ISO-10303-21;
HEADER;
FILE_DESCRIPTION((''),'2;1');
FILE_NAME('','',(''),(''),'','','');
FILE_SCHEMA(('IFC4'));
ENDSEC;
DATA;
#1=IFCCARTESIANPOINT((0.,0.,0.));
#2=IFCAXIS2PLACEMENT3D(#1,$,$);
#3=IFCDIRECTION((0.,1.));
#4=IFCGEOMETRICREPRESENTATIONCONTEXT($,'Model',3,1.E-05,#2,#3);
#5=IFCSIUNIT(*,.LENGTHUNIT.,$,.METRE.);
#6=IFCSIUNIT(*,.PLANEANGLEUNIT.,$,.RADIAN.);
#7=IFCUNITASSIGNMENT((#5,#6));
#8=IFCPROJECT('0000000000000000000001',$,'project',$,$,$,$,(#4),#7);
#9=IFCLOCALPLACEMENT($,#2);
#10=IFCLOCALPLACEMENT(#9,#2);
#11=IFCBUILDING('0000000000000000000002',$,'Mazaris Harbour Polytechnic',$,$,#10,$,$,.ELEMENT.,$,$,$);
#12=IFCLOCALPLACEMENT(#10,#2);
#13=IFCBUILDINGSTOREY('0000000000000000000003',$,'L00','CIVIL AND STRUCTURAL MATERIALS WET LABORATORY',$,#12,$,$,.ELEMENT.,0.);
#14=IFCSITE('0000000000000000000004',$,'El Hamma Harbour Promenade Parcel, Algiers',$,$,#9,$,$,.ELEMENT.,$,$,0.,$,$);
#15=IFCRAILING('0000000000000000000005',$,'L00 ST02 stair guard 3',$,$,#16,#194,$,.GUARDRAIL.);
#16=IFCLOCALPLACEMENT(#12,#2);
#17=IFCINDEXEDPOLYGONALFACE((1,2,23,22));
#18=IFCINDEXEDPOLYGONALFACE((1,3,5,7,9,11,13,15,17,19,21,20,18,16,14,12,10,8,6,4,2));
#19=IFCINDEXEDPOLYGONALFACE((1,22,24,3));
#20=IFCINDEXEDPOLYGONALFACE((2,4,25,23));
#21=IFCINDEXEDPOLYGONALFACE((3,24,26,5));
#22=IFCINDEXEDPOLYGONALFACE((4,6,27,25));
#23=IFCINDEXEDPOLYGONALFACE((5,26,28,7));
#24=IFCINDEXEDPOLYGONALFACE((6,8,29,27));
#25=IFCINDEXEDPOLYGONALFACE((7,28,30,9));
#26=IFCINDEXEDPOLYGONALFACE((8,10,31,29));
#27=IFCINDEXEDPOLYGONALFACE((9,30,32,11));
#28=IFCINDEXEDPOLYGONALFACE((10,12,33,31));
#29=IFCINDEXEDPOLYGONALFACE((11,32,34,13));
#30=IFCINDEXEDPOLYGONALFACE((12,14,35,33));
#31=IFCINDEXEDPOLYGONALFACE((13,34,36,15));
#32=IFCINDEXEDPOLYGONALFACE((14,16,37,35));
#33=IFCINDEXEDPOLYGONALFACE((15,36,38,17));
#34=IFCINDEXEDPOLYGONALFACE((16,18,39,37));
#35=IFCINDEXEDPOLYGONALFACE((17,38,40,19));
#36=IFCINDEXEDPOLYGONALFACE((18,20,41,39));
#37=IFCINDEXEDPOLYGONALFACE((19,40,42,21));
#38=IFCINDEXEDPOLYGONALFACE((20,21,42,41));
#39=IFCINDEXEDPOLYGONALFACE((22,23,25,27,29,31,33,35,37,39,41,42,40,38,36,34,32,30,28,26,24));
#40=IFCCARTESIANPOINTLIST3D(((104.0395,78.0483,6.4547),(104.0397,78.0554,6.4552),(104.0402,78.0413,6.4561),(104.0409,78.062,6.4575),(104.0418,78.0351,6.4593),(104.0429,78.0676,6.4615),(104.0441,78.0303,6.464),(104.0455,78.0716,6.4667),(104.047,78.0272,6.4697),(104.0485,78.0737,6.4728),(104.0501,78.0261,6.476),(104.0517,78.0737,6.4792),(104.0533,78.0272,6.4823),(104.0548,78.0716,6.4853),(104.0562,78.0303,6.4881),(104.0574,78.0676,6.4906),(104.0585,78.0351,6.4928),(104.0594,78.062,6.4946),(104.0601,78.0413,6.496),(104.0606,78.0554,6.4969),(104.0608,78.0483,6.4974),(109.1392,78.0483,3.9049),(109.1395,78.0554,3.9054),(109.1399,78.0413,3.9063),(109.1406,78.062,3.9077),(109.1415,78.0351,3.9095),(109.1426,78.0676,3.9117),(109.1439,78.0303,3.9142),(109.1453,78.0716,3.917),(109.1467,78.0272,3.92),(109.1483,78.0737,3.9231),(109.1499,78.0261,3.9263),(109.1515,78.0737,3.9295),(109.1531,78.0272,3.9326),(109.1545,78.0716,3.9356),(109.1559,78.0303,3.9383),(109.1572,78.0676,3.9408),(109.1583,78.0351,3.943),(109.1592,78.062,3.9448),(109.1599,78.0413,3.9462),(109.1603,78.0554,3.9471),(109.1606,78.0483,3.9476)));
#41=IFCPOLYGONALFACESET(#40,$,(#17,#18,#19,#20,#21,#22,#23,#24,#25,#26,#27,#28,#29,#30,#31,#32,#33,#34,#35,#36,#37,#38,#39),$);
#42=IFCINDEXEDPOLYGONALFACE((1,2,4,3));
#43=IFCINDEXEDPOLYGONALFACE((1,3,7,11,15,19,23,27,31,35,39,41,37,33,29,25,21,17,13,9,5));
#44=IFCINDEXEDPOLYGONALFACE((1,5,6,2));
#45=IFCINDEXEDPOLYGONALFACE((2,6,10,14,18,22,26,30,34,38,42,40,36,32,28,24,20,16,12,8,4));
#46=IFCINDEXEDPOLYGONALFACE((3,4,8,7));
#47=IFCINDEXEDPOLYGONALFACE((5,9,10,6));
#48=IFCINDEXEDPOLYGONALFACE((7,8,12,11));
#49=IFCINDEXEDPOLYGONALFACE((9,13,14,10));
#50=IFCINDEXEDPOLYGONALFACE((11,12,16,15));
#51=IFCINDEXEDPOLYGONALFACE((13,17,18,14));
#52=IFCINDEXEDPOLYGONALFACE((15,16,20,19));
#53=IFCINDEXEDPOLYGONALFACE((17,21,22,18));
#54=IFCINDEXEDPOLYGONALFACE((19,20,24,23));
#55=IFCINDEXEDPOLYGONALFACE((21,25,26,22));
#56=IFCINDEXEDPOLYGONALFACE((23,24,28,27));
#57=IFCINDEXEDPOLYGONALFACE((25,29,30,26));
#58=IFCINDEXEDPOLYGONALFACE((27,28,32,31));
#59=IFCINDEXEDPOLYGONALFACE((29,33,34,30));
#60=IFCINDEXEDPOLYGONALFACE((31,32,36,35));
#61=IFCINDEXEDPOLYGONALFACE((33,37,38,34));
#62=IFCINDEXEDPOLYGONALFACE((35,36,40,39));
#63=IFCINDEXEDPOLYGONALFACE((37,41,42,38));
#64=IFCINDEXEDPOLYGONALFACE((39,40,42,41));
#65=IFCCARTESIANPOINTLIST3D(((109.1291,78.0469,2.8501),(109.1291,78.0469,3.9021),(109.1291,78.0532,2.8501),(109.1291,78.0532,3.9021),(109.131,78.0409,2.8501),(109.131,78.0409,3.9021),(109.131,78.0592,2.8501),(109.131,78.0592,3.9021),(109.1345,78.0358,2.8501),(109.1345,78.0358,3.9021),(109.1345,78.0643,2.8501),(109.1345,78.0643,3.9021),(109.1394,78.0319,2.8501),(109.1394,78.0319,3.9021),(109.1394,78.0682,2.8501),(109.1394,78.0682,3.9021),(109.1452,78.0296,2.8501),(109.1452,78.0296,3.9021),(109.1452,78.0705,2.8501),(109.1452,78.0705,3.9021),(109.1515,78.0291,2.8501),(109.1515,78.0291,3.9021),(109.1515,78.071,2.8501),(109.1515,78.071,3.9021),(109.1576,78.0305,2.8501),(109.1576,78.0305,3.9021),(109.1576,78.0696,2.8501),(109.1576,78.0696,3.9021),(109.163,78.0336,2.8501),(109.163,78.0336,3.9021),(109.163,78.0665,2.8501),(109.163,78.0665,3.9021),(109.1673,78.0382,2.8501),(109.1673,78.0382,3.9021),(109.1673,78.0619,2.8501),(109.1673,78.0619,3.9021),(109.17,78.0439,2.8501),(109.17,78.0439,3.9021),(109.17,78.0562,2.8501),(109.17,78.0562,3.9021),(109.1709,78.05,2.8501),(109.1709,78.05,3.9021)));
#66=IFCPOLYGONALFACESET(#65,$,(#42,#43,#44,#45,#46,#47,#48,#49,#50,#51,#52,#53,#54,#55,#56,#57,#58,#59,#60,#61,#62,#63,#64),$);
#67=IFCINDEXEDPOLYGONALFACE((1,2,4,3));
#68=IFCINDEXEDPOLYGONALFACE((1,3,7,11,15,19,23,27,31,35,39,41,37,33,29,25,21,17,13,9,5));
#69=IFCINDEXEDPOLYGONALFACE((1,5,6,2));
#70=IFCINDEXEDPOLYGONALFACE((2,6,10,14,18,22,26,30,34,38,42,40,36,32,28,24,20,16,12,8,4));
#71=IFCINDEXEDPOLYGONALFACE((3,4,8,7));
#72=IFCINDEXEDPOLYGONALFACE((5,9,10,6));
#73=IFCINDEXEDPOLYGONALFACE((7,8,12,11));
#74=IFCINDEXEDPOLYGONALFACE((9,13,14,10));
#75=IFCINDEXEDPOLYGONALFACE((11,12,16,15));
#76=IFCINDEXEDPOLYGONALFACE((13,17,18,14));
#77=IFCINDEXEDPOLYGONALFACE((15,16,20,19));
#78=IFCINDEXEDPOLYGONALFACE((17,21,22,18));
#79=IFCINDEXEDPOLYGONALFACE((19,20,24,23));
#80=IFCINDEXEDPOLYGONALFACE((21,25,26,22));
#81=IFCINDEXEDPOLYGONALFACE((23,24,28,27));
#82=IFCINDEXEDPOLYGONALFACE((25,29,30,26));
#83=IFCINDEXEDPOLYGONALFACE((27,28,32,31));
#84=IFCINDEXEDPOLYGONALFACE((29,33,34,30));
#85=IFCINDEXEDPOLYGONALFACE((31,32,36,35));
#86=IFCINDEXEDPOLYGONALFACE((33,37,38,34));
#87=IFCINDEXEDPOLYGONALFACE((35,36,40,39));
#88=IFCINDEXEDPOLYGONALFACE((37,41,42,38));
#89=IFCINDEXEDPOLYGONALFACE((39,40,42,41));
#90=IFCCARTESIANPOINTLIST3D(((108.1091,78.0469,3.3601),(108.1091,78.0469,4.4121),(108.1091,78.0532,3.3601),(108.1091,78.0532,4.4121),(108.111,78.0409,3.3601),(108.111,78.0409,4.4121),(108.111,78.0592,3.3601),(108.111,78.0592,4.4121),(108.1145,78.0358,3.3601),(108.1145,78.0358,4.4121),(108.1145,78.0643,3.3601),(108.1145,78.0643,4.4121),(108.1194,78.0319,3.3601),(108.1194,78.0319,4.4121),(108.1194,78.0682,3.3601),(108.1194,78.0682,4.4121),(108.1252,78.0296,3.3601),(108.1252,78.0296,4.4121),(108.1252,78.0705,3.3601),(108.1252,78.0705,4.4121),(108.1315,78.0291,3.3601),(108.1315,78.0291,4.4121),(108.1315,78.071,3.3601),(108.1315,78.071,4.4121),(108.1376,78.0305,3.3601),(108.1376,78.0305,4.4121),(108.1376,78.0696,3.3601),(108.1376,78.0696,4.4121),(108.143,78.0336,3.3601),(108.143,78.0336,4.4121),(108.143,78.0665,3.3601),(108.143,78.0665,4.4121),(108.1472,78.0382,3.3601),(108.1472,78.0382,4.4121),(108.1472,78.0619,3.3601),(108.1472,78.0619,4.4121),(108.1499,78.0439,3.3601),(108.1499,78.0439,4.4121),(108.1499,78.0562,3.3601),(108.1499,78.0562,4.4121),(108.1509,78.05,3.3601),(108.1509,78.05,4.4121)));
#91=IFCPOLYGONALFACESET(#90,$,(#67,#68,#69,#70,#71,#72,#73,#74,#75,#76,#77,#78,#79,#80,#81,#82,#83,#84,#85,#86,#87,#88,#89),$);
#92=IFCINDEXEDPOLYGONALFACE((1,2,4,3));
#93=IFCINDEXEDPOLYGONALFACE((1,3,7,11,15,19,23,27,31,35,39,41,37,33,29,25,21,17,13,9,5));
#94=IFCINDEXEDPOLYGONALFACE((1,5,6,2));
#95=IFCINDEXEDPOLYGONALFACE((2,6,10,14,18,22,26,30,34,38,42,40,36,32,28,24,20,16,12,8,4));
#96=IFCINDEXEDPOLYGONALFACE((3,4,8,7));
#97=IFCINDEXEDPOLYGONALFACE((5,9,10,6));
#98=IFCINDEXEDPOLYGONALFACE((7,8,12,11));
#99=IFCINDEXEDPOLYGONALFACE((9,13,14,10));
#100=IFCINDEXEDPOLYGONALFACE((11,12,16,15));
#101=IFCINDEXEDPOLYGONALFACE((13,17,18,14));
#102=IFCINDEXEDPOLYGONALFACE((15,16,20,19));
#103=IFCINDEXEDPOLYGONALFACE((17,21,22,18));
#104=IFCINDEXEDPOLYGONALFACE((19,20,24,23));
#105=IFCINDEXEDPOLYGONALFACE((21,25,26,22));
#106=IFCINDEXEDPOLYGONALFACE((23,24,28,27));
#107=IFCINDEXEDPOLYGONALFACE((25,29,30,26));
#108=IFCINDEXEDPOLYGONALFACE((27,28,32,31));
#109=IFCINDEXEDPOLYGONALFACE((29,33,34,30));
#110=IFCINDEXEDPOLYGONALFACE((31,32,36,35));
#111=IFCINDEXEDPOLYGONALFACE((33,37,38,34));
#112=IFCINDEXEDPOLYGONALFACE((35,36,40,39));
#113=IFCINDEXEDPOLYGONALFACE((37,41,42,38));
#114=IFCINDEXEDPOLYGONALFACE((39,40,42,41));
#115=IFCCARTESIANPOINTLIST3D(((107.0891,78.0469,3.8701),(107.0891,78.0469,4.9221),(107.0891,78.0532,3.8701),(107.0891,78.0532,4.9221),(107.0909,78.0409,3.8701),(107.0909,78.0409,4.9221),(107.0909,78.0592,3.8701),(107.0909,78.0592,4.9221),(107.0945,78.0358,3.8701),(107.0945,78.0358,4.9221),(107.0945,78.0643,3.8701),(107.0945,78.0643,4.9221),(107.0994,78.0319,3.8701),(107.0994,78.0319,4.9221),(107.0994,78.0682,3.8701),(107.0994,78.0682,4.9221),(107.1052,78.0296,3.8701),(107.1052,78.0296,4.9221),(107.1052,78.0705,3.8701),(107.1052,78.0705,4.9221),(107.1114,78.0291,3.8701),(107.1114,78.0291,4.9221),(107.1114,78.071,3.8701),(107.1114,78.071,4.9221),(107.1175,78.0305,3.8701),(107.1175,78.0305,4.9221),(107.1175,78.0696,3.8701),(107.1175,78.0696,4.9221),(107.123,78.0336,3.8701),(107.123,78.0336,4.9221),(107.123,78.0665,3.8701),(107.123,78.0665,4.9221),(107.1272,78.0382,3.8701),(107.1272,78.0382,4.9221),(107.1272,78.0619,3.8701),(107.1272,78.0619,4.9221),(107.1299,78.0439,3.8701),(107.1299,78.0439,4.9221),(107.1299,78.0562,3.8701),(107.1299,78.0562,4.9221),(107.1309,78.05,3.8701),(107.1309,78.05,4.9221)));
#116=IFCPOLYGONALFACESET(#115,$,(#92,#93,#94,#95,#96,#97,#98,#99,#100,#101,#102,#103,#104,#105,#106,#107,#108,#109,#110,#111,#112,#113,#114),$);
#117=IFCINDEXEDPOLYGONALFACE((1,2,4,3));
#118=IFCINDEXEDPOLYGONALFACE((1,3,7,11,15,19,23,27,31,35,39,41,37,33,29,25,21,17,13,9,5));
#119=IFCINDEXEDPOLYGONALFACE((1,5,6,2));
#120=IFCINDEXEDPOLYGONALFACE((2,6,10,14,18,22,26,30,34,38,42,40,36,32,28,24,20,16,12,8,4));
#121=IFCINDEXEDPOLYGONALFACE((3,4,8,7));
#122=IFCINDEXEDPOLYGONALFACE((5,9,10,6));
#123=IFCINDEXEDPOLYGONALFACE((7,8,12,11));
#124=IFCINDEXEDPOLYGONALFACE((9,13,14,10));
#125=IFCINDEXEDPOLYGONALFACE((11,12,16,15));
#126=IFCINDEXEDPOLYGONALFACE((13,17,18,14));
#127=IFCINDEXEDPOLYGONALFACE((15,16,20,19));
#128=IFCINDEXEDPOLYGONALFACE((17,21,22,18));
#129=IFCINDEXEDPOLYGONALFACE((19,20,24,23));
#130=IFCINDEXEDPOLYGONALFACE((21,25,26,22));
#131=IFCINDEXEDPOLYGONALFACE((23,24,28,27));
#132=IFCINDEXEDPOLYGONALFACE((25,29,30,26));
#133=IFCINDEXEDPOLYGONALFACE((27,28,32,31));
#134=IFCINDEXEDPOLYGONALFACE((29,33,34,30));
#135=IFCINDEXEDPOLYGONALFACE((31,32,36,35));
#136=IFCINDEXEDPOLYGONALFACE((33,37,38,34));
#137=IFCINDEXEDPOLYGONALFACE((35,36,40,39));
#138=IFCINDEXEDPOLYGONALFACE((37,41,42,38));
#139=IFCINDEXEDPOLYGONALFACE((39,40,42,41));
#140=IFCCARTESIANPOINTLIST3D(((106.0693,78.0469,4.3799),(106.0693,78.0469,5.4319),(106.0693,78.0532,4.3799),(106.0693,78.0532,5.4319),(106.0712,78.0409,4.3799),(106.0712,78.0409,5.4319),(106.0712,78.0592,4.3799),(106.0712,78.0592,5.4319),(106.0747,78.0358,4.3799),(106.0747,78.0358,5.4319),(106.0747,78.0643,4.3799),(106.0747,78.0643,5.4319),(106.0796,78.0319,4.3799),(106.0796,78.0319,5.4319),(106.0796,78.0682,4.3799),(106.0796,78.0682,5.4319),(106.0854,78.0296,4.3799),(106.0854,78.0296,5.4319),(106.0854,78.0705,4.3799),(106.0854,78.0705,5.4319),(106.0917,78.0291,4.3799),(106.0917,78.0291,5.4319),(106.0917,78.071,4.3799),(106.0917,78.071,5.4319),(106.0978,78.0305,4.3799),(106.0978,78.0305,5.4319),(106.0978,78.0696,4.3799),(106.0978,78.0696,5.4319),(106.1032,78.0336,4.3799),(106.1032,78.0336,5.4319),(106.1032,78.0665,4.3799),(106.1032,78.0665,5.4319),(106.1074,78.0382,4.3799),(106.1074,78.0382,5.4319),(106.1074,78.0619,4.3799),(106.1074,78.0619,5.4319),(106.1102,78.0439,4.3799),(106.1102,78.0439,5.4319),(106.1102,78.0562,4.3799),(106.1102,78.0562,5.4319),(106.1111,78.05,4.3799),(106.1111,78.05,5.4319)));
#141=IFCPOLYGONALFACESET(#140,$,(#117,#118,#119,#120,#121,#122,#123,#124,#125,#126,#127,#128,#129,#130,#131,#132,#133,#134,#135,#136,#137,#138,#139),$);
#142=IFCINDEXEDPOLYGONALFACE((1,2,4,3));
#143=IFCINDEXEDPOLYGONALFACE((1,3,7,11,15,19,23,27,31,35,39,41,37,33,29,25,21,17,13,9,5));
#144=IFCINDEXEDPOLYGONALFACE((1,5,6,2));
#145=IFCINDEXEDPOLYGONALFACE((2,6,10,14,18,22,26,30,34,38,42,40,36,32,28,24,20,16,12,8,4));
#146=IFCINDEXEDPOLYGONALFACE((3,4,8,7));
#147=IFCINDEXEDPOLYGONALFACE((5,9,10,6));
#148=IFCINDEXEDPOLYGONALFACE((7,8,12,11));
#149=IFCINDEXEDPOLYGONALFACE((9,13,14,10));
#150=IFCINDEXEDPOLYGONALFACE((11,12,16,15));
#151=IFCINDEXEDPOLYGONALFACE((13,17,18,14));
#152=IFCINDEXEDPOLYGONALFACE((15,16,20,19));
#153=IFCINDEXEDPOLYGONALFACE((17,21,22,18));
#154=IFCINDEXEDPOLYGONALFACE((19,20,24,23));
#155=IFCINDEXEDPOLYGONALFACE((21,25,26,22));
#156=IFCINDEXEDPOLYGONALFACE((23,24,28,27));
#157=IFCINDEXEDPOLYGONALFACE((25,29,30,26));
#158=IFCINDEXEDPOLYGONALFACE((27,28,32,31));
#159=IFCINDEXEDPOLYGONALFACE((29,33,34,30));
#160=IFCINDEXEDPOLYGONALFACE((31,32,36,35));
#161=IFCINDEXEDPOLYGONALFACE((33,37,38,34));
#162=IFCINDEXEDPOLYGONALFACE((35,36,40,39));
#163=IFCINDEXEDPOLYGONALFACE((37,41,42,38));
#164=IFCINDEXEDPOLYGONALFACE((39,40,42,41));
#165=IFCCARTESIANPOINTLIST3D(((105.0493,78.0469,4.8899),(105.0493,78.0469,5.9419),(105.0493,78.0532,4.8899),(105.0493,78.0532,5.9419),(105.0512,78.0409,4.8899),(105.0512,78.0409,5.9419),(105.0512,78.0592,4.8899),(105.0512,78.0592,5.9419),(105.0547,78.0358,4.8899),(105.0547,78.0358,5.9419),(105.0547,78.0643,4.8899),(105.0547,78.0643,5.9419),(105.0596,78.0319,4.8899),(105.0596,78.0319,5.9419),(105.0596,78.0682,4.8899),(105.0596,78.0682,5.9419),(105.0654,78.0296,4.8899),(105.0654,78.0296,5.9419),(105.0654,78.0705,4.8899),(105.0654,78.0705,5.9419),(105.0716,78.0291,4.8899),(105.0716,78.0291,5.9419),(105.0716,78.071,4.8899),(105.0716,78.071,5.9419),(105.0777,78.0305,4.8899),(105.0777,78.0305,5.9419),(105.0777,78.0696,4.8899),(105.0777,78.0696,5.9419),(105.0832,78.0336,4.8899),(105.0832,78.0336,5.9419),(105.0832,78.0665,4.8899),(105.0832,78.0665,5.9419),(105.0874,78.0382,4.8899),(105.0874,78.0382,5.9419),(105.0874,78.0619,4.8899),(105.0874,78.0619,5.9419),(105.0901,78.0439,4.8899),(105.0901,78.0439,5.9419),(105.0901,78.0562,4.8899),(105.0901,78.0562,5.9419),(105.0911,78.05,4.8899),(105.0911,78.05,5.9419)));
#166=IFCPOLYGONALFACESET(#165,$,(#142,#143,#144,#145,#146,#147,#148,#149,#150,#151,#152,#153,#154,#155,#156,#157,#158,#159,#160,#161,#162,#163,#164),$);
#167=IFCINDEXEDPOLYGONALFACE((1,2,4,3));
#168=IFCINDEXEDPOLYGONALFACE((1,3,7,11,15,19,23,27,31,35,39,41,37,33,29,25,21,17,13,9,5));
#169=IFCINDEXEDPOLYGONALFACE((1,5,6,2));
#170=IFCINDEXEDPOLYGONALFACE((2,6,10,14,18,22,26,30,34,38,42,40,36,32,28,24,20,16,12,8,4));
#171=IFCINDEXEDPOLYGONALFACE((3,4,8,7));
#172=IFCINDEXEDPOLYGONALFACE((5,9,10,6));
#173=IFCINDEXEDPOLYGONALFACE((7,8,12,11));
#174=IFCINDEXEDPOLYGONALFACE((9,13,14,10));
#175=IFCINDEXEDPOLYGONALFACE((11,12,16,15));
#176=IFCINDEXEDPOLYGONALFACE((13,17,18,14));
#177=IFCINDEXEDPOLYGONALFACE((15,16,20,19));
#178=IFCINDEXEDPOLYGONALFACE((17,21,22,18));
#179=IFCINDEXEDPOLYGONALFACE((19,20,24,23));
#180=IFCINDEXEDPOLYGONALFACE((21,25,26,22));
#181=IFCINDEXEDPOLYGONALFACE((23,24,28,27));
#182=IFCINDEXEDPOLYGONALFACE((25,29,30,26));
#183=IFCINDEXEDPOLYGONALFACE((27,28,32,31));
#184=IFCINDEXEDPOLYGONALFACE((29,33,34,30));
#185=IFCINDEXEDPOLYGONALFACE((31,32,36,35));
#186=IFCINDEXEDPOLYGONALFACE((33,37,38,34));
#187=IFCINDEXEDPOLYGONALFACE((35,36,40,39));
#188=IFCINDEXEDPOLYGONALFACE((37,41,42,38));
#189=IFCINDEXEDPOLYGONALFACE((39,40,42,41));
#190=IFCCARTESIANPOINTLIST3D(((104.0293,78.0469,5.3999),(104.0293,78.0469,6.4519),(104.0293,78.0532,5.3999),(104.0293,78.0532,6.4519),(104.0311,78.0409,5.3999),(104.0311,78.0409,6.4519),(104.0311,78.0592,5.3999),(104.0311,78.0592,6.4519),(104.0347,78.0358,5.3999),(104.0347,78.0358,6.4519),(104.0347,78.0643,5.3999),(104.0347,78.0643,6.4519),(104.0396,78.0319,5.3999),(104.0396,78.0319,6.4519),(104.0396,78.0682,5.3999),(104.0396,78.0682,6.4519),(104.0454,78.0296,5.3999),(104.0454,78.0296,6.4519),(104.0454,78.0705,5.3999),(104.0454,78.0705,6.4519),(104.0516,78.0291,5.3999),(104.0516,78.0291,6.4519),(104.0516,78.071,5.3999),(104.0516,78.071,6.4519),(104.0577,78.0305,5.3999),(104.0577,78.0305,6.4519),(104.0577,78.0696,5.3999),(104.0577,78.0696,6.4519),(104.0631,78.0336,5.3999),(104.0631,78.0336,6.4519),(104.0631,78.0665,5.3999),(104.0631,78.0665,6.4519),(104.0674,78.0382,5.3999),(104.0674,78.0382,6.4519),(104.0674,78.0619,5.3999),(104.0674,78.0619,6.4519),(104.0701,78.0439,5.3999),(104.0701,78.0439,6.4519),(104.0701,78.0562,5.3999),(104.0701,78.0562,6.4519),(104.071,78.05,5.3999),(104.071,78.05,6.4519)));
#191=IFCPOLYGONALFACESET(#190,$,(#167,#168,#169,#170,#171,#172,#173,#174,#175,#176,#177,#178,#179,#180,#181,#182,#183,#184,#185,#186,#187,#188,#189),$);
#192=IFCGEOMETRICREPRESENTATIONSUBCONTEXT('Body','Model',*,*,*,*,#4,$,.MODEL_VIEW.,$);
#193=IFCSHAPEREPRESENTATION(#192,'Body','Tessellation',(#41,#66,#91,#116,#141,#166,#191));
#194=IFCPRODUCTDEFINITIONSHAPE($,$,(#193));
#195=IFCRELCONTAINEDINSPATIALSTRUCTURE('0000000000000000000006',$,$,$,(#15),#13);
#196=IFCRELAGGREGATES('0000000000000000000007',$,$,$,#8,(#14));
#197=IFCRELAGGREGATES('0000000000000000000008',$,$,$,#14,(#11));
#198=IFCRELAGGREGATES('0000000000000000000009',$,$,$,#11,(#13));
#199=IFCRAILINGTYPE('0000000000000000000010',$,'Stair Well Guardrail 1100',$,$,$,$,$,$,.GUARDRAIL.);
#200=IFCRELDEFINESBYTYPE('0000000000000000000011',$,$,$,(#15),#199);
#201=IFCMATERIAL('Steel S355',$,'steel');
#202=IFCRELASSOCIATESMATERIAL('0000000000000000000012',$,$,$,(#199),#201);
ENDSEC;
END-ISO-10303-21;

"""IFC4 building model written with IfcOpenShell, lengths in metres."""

from ifc_helpers import new_model, si_unit, direction, frame, origin, origin_2d, place, context, subcontext, project, spatial, circle, extrude, material, type_object, element, save


model = new_model("IFC4")

# Units and contexts
model_context = context("Model", 3, precision=1e-05, world=origin(), true_north=direction((0.0, 1.0)))
body_context = subcontext(model_context, "Body", "Model", "MODEL_VIEW")
ifc_project = project(units=[si_unit("LENGTHUNIT", "METRE"), si_unit("PLANEANGLEUNIT", "RADIAN")], contexts=[model_context])

# Site, building, storey
site_placement = place(None, origin())
site = spatial("IfcSite", under=ifc_project, at=site_placement, Name="El Hamma Harbour Promenade Parcel, Algiers", CompositionType="ELEMENT", RefElevation=0.0)
building_placement = place(site_placement, origin())
building = spatial("IfcBuilding", under=site, at=building_placement, Name="Mazaris Harbour Polytechnic", CompositionType="ELEMENT")
storey_placement = place(building_placement, origin())
storey = spatial("IfcBuildingStorey", under=building, at=storey_placement, Name="L00", Description="CIVIL AND STRUCTURAL MATERIALS WET LABORATORY", CompositionType="ELEMENT", Elevation=0.0)

# Railing
ifc_material_1 = material(Name="Steel S355", Category="steel")
railing_type_1 = type_object("IfcRailingType", Name="Stair Well Guardrail 1100", PredefinedType="GUARDRAIL", material=ifc_material_1)
railing_1_placement = place(storey_placement, frame((109.1499, 78.05, 2.8501)))
element("IfcRailing", 1, at=railing_1_placement, inside=storey, type_object=railing_type_1, Name="L00 ST02 stair guard 3", PredefinedType="GUARDRAIL", context=body_context, shape_type="SweptSolid", body=[
    extrude(circle(Radius=0.0239, at=origin_2d()), frame((0.0, 0.0, 1.0762), z_axis=(-0.894436, 0.0, 0.447196), x_axis=(0.0, -1.0, 0.0)), (0.0, 0.0, 1.0), 5.7017),
    extrude(circle(Radius=0.021, at=origin_2d()), origin(), (0.0, 0.0, 1.0), 1.052),
    extrude(circle(Radius=0.021, at=origin_2d()), frame((-1.02, 0.0, 0.51)), (0.0, 0.0, 1.0), 1.052),
    extrude(circle(Radius=0.021, at=origin_2d()), frame((-2.04, 0.0, 1.02)), (0.0, 0.0, 1.0), 1.052),
    extrude(circle(Radius=0.021, at=origin_2d()), frame((-3.0598, 0.0, 1.5298)), (0.0, 0.0, 1.0), 1.052),
    extrude(circle(Radius=0.021, at=origin_2d()), frame((-4.0798, 0.0, 2.0398)), (0.0, 0.0, 1.0), 1.052),
    extrude(circle(Radius=0.021, at=origin_2d()), frame((-5.0999, 0.0, 2.5498)), (0.0, 0.0, 1.0), 1.052),
])

save(model, "model.ifc")
